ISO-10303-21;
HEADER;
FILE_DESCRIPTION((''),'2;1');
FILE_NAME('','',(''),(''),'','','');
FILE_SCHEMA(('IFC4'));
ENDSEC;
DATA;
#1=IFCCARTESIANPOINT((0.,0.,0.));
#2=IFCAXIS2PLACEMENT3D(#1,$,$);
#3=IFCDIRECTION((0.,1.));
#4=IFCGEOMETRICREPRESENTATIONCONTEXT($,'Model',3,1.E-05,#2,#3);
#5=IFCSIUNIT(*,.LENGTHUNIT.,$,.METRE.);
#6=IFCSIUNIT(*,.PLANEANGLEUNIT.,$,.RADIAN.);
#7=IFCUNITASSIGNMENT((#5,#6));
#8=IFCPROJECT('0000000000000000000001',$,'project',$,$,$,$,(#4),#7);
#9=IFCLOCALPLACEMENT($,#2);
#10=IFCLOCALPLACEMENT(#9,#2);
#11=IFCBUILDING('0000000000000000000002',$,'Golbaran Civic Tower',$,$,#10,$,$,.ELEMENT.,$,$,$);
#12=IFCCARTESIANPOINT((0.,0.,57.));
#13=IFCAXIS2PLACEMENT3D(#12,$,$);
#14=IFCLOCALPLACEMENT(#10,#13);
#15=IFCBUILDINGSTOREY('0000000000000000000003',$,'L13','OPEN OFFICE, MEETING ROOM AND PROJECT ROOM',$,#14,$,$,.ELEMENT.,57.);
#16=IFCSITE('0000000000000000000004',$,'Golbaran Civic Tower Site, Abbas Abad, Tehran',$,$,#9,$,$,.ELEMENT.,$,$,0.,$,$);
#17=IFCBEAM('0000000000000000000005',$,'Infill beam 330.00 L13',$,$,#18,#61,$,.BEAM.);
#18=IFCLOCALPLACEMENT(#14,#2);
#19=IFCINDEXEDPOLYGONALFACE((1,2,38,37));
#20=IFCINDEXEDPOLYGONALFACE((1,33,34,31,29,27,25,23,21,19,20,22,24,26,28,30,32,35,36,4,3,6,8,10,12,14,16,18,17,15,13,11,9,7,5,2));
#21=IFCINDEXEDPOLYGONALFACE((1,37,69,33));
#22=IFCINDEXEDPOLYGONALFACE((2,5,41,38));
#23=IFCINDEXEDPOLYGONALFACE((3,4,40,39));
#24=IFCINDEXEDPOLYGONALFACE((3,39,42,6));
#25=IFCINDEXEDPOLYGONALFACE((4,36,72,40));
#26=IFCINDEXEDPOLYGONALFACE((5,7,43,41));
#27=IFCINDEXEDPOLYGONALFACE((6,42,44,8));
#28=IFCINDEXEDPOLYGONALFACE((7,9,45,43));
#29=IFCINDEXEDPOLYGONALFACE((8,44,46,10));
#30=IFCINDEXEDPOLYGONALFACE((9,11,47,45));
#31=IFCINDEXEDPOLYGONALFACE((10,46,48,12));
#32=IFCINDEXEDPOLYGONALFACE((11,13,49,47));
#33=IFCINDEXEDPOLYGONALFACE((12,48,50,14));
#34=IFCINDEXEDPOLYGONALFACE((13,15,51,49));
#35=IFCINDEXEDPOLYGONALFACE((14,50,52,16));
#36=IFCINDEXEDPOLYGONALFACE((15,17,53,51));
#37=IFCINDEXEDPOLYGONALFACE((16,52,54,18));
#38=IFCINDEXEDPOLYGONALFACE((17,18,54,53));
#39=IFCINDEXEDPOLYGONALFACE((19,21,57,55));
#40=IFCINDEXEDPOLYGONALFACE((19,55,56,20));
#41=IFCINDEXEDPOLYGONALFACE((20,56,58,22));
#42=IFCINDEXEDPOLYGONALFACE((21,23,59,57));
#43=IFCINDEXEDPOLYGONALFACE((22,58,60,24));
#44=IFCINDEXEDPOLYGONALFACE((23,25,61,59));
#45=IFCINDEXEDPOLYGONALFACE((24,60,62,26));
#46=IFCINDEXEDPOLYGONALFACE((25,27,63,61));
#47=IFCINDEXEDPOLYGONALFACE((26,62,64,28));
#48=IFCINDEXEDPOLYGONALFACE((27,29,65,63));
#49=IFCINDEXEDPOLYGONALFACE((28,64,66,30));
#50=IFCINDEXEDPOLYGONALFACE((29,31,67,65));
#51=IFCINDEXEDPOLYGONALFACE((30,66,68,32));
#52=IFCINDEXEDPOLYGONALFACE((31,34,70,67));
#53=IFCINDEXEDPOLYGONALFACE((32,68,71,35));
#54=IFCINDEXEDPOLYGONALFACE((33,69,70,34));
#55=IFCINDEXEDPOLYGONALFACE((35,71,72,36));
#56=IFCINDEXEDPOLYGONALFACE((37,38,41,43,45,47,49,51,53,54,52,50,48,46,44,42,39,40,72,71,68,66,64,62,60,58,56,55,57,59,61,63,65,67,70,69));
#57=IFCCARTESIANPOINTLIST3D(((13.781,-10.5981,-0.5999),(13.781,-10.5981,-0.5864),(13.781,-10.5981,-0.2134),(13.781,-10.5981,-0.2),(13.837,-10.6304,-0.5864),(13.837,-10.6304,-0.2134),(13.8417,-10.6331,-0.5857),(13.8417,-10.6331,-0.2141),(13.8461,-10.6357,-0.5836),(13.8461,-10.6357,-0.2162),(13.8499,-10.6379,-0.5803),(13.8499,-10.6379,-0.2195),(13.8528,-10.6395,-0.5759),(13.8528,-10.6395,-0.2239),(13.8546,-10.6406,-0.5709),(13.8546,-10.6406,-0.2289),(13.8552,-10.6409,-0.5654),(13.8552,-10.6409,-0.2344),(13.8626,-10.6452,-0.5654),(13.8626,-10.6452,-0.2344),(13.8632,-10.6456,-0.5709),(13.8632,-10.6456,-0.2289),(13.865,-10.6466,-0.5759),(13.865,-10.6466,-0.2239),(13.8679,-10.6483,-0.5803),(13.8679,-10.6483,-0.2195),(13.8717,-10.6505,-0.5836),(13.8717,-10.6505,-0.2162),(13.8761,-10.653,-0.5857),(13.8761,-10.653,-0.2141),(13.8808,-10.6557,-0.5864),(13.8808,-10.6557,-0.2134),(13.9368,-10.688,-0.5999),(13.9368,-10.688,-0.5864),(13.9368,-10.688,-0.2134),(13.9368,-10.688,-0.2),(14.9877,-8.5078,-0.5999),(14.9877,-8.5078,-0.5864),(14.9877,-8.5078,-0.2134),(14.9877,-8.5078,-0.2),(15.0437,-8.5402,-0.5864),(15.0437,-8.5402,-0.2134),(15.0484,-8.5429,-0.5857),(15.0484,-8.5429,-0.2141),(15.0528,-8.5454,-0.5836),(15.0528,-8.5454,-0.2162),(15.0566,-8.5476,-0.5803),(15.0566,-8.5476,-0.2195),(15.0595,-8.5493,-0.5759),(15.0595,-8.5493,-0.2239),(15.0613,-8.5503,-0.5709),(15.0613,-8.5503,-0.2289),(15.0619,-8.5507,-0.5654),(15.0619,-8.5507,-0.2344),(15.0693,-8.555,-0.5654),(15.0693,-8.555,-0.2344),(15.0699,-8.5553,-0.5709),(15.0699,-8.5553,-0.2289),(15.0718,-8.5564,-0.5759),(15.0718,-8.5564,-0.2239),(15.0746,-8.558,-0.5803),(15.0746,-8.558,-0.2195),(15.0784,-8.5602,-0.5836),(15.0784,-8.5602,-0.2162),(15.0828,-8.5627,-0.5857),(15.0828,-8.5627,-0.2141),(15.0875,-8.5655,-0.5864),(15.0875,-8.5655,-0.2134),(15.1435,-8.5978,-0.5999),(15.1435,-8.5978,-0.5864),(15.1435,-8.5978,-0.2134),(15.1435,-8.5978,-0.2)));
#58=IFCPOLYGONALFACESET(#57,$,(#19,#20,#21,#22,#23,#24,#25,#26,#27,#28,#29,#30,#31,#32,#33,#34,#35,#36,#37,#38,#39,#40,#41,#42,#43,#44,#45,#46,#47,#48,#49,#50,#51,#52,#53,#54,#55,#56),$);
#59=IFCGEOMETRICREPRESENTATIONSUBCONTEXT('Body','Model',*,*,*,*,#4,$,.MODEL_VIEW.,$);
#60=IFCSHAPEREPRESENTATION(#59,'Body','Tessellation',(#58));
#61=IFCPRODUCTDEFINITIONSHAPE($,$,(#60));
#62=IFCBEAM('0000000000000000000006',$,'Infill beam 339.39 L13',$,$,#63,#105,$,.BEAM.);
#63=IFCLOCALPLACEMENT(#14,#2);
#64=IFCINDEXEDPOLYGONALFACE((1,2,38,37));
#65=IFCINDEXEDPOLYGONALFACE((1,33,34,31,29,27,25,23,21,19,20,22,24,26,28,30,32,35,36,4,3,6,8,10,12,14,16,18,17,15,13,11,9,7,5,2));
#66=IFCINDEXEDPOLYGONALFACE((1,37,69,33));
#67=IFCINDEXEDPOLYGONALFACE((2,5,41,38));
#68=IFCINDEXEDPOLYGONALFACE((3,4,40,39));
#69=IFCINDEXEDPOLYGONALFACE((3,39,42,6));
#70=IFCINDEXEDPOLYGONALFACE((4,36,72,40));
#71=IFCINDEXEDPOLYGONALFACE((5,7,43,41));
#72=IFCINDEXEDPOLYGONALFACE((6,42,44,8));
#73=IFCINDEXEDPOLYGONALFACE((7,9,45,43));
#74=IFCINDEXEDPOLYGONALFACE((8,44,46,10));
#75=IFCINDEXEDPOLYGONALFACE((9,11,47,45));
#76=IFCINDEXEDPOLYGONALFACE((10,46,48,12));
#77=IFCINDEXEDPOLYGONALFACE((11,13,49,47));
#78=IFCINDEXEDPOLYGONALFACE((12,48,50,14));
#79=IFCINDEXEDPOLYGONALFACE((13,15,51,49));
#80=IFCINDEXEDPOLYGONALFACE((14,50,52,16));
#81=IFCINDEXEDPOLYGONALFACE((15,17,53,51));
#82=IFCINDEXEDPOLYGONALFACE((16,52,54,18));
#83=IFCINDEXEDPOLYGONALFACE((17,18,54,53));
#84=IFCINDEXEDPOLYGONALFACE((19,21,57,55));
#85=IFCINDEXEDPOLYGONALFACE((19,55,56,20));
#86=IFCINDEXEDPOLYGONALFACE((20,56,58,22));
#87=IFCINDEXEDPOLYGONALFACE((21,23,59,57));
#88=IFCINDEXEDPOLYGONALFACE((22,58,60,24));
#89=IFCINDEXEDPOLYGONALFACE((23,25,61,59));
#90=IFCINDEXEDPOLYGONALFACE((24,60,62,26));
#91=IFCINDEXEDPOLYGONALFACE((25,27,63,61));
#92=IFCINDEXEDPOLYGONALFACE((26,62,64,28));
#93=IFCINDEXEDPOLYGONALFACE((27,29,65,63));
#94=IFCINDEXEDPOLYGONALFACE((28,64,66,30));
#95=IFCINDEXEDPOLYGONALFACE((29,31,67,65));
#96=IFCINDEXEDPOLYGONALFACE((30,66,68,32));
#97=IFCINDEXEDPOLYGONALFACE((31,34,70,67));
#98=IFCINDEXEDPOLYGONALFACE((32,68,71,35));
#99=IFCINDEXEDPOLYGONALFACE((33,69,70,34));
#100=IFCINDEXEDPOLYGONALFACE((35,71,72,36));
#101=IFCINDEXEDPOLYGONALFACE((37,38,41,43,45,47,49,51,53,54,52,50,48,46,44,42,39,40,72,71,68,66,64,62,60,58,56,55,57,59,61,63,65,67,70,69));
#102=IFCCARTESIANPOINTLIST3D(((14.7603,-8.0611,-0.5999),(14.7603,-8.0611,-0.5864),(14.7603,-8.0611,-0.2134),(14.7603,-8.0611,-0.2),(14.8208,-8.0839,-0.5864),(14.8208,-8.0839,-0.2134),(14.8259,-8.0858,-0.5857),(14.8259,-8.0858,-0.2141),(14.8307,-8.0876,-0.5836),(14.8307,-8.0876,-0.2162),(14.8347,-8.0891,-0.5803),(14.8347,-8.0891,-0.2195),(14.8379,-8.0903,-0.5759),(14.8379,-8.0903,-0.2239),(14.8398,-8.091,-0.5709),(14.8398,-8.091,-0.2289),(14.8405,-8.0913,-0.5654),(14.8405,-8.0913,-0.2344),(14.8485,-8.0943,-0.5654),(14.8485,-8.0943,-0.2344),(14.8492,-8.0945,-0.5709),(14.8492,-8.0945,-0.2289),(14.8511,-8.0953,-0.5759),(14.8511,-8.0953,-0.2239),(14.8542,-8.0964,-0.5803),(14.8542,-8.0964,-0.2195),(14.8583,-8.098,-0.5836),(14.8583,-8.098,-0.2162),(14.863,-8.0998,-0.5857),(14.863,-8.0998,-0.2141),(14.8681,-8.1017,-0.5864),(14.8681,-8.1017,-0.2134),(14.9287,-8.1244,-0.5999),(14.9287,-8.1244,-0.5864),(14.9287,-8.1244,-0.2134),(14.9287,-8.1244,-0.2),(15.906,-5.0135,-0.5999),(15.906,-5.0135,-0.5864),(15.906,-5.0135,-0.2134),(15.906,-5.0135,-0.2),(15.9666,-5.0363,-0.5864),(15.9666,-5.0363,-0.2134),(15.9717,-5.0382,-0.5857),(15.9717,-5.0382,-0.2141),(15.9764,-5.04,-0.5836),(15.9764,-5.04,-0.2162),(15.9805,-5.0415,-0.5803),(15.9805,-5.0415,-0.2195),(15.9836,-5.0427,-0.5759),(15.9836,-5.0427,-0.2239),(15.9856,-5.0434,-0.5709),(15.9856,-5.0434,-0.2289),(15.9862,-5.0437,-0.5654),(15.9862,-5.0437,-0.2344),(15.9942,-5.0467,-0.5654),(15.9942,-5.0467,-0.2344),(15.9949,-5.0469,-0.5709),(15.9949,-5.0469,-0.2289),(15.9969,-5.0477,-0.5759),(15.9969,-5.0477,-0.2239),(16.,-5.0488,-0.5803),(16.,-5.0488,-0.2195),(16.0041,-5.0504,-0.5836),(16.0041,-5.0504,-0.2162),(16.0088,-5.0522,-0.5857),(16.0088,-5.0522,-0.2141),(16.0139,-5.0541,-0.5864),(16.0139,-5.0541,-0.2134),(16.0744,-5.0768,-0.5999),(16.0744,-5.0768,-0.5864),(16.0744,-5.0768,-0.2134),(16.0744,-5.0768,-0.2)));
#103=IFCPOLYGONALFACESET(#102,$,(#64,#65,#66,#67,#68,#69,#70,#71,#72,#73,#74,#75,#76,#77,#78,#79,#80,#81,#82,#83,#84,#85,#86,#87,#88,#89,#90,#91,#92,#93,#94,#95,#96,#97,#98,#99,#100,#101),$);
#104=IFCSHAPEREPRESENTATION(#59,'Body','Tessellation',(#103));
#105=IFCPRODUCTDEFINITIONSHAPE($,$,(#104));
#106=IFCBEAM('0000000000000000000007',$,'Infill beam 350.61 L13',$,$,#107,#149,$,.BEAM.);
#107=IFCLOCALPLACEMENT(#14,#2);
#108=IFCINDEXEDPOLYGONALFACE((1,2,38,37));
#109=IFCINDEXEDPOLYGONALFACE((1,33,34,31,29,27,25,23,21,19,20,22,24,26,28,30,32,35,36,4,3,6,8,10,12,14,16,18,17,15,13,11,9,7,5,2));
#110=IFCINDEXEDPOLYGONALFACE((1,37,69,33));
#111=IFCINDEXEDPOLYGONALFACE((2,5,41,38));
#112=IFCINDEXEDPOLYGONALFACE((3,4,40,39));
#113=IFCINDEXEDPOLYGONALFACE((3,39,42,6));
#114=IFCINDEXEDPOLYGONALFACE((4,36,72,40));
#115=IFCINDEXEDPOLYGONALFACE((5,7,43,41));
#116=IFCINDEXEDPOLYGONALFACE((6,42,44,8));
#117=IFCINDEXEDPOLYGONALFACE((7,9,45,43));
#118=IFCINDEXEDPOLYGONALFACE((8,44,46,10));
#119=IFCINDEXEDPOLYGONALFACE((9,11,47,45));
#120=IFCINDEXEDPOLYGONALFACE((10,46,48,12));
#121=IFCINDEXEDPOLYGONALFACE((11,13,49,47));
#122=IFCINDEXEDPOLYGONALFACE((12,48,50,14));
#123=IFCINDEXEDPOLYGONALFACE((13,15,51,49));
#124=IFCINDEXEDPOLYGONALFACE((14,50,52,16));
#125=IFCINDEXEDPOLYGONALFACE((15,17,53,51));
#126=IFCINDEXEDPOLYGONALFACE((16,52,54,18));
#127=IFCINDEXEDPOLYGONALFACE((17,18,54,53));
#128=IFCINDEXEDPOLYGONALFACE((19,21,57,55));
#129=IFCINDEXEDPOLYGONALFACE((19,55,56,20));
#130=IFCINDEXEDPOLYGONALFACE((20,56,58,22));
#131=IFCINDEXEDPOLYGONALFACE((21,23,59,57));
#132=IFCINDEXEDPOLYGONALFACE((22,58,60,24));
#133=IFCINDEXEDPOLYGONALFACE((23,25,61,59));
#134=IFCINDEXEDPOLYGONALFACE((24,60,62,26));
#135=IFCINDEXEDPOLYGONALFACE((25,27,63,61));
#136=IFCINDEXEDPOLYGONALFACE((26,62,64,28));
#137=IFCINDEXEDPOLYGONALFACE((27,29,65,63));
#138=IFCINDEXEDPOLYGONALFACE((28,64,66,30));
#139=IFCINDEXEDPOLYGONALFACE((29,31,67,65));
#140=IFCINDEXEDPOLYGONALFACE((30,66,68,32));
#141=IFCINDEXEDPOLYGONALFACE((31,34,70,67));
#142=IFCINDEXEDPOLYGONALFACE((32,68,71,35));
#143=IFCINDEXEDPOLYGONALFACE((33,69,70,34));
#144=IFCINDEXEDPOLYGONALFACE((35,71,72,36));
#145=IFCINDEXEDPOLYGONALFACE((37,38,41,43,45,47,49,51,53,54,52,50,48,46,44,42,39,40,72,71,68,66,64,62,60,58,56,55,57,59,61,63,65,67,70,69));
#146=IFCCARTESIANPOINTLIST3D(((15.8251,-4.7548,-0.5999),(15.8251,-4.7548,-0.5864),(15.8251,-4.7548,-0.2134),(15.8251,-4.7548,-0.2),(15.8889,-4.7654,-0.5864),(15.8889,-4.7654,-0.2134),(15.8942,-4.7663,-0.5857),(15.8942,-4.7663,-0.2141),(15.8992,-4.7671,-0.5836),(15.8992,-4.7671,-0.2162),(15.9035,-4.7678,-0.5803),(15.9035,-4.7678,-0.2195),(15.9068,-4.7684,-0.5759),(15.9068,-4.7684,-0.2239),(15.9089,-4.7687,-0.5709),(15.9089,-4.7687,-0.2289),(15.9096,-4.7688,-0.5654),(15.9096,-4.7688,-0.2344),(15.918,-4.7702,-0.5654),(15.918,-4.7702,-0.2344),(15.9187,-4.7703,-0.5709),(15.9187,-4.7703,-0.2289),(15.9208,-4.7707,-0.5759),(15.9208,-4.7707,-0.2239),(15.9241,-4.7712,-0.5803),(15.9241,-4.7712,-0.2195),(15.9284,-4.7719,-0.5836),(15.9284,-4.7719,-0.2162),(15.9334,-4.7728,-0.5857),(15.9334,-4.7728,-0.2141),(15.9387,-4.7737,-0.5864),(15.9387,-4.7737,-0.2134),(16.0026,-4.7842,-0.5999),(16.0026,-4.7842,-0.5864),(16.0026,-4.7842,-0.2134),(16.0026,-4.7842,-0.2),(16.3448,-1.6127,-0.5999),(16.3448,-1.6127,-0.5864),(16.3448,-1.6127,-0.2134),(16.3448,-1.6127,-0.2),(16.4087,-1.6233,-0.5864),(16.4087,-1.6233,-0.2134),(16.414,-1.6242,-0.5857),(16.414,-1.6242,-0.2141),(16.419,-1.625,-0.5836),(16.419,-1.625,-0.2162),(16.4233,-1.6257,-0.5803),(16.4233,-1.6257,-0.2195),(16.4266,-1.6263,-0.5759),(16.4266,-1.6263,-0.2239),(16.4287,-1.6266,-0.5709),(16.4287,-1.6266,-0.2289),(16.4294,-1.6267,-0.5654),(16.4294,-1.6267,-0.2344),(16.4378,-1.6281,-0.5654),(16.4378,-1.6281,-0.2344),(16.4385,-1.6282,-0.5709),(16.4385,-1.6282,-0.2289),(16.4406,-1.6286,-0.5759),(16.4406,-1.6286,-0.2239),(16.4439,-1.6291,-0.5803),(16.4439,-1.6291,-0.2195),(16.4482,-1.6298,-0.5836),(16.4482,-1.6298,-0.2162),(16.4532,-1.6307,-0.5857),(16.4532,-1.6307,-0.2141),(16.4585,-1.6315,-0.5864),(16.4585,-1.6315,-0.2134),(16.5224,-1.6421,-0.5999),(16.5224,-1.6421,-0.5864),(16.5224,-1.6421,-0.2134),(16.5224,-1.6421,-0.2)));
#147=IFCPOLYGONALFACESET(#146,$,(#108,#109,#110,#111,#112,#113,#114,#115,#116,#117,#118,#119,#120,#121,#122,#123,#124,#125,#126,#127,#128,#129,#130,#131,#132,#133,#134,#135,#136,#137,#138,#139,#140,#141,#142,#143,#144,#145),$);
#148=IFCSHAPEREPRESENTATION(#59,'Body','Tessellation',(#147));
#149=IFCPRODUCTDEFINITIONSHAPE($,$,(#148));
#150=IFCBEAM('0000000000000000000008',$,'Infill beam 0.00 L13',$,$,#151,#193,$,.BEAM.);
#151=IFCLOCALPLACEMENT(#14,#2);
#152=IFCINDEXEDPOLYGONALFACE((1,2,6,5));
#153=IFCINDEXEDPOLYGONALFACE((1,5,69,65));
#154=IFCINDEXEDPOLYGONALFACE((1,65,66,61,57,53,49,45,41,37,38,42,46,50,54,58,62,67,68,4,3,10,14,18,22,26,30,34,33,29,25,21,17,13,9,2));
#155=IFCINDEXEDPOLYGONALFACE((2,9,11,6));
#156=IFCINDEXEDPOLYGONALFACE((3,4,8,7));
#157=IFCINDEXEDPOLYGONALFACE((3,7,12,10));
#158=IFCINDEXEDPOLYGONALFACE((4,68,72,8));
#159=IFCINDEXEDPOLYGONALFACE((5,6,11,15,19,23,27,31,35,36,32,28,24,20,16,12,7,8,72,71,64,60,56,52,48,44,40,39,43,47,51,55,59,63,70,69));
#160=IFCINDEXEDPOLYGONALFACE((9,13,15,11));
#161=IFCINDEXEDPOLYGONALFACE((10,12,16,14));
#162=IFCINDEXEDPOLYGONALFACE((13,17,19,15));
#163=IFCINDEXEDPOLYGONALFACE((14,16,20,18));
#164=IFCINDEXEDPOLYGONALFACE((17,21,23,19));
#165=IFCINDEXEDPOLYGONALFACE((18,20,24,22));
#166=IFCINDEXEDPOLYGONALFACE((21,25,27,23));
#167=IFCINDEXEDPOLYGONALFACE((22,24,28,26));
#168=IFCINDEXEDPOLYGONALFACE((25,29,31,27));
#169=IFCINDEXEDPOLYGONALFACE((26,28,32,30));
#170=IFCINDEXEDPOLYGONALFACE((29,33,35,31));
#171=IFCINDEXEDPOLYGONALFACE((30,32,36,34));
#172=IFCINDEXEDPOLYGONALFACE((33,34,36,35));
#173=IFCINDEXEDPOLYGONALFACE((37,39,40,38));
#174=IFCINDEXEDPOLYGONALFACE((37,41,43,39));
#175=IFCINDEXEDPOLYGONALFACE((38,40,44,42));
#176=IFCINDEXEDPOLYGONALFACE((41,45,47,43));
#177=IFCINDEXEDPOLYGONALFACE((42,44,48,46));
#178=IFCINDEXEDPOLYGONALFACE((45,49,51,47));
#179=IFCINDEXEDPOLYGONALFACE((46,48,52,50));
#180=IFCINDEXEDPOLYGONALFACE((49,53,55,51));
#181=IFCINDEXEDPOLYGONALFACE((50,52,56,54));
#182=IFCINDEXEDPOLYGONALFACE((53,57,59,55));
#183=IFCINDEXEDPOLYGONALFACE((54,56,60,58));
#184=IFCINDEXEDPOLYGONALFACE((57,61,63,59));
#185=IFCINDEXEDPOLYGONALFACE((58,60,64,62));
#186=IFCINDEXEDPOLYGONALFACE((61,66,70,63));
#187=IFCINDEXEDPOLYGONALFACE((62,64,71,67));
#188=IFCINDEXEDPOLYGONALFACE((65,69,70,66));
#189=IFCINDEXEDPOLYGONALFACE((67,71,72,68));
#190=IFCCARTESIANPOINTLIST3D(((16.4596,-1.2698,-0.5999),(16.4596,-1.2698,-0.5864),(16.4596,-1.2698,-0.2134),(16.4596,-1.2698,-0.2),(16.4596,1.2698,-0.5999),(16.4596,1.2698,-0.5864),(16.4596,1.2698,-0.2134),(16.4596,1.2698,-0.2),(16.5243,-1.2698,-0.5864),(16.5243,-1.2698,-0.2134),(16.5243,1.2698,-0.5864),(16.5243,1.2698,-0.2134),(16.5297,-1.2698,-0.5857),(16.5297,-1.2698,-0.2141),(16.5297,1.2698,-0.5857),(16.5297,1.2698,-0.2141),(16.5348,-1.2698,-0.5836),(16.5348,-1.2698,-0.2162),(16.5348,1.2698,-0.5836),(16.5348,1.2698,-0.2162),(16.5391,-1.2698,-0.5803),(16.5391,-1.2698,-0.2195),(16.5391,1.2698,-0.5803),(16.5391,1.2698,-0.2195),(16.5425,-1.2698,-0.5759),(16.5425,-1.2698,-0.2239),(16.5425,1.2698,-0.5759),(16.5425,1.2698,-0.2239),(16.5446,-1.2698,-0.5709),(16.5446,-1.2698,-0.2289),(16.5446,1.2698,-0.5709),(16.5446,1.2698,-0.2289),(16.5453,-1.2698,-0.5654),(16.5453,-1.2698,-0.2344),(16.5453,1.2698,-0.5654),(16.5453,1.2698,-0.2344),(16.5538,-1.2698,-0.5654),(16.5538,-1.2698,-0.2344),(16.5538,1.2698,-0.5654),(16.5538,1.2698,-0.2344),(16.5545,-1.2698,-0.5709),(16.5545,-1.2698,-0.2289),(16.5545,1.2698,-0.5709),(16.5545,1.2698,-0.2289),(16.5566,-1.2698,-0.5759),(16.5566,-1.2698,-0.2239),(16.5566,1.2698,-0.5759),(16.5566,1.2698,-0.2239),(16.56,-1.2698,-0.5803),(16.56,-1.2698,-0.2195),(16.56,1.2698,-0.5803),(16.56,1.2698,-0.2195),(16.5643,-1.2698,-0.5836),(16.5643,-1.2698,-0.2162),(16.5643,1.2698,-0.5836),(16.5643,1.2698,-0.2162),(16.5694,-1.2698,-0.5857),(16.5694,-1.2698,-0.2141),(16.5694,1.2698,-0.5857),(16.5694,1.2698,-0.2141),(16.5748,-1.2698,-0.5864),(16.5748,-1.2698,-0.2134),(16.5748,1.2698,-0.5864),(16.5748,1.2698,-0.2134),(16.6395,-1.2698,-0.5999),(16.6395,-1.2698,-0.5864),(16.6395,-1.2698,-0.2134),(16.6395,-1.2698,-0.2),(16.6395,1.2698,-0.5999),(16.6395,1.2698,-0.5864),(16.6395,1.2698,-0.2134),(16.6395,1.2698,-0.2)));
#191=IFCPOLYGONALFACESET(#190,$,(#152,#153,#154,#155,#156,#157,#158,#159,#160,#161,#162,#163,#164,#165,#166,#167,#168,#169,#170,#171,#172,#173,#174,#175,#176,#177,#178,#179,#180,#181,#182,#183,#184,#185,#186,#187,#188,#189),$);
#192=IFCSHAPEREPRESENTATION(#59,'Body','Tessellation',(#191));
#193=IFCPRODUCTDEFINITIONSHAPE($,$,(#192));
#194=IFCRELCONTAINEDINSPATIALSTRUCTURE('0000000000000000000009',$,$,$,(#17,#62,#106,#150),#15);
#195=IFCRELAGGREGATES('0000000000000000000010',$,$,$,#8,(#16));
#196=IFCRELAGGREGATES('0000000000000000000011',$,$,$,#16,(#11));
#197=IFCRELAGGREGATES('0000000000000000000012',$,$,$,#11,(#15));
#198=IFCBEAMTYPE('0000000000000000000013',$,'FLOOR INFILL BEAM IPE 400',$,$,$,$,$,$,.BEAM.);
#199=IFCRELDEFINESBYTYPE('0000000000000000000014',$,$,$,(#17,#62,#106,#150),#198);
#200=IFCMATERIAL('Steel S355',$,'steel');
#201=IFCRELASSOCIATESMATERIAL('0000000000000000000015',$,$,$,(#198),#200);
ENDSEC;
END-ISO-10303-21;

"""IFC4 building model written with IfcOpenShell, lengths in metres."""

from ifc_helpers import new_model, si_unit, direction, frame, origin, origin_2d, place, context, subcontext, project, spatial, i_section, extrude, material, material_profile, profile_set, type_object, element, save


model = new_model("IFC4")

# Units and contexts
model_context = context("Model", 3, precision=1e-05, world=origin(), true_north=direction((0.0, 1.0)))
body_context = subcontext(model_context, "Body", "Model", "MODEL_VIEW")
ifc_project = project(units=[si_unit("LENGTHUNIT", "METRE"), si_unit("PLANEANGLEUNIT", "RADIAN")], contexts=[model_context])

# Site, building, storey
site_placement = place(None, origin())
site = spatial("IfcSite", under=ifc_project, at=site_placement, Name="Golbaran Civic Tower Site, Abbas Abad, Tehran", CompositionType="ELEMENT", RefElevation=0.0)
building_placement = place(site_placement, origin())
building = spatial("IfcBuilding", under=site, at=building_placement, Name="Golbaran Civic Tower", CompositionType="ELEMENT")
storey_placement = place(building_placement, frame((0.0, 0.0, 57.0)))
storey = spatial("IfcBuildingStorey", under=building, at=storey_placement, Name="L13", Description="OPEN OFFICE, MEETING ROOM AND PROJECT ROOM", CompositionType="ELEMENT", Elevation=57.0)

# Beams
ifc_material_1 = material(Name="Steel S355", Category="steel")
ifc_material_profile_1 = material_profile(ifc_material_1, i_section(OverallWidth=0.1799, OverallDepth=0.3999, WebThickness=0.0085, FlangeThickness=0.0134, FilletRadius=0.021, at=origin_2d()), Name="IPE 400")
ifc_profile_set_1 = profile_set([ifc_material_profile_1], Name="Steel S355")
beam_type_1 = type_object("IfcBeamType", Name="FLOOR INFILL BEAM IPE 400", PredefinedType="BEAM", material=ifc_profile_set_1)
beam_1_placement = place(storey_placement, frame((13.8589, -10.6431, -0.3999), z_axis=(0.499979, 0.866037, 0.0), x_axis=(-0.866037, 0.499979, 0.0)))
element("IfcBeam", 1, at=beam_1_placement, inside=storey, type_object=beam_type_1, Name="Infill beam 330.00 L13", PredefinedType="BEAM", context=body_context, shape_type="SweptSolid", body=[
    extrude(i_section(OverallWidth=0.1799, OverallDepth=0.3999, WebThickness=0.0085, FlangeThickness=0.0134, FilletRadius=0.021, at=origin_2d()), origin(), (0.0, 0.0, 1.0), 2.4136),
])
beam_2_placement = place(storey_placement, frame((14.8445, -8.0928, -0.3999), z_axis=(0.351904, 0.936036, 0.0), x_axis=(-0.936036, 0.351904, 0.0)))
element("IfcBeam", 2, at=beam_2_placement, inside=storey, type_object=beam_type_1, Name="Infill beam 339.39 L13", PredefinedType="BEAM", context=body_context, shape_type="SweptSolid", body=[
    extrude(i_section(OverallWidth=0.1799, OverallDepth=0.3999, WebThickness=0.0085, FlangeThickness=0.0134, FilletRadius=0.021, at=origin_2d()), origin(), (0.0, 0.0, 1.0), 3.2559),
])
beam_3_placement = place(storey_placement, frame((15.9138, -4.7695, -0.3999), z_axis=(0.163205, 0.986592, 0.0), x_axis=(-0.986592, 0.163205, 0.0)))
element("IfcBeam", 3, at=beam_3_placement, inside=storey, type_object=beam_type_1, Name="Infill beam 350.61 L13", PredefinedType="BEAM", context=body_context, shape_type="SweptSolid", body=[
    extrude(i_section(OverallWidth=0.1799, OverallDepth=0.3999, WebThickness=0.0085, FlangeThickness=0.0134, FilletRadius=0.021, at=origin_2d()), origin(), (0.0, 0.0, 1.0), 3.1848),
])
beam_4_placement = place(storey_placement, frame((16.5496, -1.2698, -0.3999), z_axis=(0.0, 1.0, 0.0), x_axis=(-1.0, 0.0, 0.0)))
element("IfcBeam", 4, at=beam_4_placement, inside=storey, type_object=beam_type_1, Name="Infill beam 0.00 L13", PredefinedType="BEAM", context=body_context, shape_type="SweptSolid", body=[
    extrude(i_section(OverallWidth=0.1799, OverallDepth=0.3999, WebThickness=0.0085, FlangeThickness=0.0134, FilletRadius=0.021, at=origin_2d()), origin(), (0.0, 0.0, 1.0), 2.5396),
])

save(model, "model.ifc")
